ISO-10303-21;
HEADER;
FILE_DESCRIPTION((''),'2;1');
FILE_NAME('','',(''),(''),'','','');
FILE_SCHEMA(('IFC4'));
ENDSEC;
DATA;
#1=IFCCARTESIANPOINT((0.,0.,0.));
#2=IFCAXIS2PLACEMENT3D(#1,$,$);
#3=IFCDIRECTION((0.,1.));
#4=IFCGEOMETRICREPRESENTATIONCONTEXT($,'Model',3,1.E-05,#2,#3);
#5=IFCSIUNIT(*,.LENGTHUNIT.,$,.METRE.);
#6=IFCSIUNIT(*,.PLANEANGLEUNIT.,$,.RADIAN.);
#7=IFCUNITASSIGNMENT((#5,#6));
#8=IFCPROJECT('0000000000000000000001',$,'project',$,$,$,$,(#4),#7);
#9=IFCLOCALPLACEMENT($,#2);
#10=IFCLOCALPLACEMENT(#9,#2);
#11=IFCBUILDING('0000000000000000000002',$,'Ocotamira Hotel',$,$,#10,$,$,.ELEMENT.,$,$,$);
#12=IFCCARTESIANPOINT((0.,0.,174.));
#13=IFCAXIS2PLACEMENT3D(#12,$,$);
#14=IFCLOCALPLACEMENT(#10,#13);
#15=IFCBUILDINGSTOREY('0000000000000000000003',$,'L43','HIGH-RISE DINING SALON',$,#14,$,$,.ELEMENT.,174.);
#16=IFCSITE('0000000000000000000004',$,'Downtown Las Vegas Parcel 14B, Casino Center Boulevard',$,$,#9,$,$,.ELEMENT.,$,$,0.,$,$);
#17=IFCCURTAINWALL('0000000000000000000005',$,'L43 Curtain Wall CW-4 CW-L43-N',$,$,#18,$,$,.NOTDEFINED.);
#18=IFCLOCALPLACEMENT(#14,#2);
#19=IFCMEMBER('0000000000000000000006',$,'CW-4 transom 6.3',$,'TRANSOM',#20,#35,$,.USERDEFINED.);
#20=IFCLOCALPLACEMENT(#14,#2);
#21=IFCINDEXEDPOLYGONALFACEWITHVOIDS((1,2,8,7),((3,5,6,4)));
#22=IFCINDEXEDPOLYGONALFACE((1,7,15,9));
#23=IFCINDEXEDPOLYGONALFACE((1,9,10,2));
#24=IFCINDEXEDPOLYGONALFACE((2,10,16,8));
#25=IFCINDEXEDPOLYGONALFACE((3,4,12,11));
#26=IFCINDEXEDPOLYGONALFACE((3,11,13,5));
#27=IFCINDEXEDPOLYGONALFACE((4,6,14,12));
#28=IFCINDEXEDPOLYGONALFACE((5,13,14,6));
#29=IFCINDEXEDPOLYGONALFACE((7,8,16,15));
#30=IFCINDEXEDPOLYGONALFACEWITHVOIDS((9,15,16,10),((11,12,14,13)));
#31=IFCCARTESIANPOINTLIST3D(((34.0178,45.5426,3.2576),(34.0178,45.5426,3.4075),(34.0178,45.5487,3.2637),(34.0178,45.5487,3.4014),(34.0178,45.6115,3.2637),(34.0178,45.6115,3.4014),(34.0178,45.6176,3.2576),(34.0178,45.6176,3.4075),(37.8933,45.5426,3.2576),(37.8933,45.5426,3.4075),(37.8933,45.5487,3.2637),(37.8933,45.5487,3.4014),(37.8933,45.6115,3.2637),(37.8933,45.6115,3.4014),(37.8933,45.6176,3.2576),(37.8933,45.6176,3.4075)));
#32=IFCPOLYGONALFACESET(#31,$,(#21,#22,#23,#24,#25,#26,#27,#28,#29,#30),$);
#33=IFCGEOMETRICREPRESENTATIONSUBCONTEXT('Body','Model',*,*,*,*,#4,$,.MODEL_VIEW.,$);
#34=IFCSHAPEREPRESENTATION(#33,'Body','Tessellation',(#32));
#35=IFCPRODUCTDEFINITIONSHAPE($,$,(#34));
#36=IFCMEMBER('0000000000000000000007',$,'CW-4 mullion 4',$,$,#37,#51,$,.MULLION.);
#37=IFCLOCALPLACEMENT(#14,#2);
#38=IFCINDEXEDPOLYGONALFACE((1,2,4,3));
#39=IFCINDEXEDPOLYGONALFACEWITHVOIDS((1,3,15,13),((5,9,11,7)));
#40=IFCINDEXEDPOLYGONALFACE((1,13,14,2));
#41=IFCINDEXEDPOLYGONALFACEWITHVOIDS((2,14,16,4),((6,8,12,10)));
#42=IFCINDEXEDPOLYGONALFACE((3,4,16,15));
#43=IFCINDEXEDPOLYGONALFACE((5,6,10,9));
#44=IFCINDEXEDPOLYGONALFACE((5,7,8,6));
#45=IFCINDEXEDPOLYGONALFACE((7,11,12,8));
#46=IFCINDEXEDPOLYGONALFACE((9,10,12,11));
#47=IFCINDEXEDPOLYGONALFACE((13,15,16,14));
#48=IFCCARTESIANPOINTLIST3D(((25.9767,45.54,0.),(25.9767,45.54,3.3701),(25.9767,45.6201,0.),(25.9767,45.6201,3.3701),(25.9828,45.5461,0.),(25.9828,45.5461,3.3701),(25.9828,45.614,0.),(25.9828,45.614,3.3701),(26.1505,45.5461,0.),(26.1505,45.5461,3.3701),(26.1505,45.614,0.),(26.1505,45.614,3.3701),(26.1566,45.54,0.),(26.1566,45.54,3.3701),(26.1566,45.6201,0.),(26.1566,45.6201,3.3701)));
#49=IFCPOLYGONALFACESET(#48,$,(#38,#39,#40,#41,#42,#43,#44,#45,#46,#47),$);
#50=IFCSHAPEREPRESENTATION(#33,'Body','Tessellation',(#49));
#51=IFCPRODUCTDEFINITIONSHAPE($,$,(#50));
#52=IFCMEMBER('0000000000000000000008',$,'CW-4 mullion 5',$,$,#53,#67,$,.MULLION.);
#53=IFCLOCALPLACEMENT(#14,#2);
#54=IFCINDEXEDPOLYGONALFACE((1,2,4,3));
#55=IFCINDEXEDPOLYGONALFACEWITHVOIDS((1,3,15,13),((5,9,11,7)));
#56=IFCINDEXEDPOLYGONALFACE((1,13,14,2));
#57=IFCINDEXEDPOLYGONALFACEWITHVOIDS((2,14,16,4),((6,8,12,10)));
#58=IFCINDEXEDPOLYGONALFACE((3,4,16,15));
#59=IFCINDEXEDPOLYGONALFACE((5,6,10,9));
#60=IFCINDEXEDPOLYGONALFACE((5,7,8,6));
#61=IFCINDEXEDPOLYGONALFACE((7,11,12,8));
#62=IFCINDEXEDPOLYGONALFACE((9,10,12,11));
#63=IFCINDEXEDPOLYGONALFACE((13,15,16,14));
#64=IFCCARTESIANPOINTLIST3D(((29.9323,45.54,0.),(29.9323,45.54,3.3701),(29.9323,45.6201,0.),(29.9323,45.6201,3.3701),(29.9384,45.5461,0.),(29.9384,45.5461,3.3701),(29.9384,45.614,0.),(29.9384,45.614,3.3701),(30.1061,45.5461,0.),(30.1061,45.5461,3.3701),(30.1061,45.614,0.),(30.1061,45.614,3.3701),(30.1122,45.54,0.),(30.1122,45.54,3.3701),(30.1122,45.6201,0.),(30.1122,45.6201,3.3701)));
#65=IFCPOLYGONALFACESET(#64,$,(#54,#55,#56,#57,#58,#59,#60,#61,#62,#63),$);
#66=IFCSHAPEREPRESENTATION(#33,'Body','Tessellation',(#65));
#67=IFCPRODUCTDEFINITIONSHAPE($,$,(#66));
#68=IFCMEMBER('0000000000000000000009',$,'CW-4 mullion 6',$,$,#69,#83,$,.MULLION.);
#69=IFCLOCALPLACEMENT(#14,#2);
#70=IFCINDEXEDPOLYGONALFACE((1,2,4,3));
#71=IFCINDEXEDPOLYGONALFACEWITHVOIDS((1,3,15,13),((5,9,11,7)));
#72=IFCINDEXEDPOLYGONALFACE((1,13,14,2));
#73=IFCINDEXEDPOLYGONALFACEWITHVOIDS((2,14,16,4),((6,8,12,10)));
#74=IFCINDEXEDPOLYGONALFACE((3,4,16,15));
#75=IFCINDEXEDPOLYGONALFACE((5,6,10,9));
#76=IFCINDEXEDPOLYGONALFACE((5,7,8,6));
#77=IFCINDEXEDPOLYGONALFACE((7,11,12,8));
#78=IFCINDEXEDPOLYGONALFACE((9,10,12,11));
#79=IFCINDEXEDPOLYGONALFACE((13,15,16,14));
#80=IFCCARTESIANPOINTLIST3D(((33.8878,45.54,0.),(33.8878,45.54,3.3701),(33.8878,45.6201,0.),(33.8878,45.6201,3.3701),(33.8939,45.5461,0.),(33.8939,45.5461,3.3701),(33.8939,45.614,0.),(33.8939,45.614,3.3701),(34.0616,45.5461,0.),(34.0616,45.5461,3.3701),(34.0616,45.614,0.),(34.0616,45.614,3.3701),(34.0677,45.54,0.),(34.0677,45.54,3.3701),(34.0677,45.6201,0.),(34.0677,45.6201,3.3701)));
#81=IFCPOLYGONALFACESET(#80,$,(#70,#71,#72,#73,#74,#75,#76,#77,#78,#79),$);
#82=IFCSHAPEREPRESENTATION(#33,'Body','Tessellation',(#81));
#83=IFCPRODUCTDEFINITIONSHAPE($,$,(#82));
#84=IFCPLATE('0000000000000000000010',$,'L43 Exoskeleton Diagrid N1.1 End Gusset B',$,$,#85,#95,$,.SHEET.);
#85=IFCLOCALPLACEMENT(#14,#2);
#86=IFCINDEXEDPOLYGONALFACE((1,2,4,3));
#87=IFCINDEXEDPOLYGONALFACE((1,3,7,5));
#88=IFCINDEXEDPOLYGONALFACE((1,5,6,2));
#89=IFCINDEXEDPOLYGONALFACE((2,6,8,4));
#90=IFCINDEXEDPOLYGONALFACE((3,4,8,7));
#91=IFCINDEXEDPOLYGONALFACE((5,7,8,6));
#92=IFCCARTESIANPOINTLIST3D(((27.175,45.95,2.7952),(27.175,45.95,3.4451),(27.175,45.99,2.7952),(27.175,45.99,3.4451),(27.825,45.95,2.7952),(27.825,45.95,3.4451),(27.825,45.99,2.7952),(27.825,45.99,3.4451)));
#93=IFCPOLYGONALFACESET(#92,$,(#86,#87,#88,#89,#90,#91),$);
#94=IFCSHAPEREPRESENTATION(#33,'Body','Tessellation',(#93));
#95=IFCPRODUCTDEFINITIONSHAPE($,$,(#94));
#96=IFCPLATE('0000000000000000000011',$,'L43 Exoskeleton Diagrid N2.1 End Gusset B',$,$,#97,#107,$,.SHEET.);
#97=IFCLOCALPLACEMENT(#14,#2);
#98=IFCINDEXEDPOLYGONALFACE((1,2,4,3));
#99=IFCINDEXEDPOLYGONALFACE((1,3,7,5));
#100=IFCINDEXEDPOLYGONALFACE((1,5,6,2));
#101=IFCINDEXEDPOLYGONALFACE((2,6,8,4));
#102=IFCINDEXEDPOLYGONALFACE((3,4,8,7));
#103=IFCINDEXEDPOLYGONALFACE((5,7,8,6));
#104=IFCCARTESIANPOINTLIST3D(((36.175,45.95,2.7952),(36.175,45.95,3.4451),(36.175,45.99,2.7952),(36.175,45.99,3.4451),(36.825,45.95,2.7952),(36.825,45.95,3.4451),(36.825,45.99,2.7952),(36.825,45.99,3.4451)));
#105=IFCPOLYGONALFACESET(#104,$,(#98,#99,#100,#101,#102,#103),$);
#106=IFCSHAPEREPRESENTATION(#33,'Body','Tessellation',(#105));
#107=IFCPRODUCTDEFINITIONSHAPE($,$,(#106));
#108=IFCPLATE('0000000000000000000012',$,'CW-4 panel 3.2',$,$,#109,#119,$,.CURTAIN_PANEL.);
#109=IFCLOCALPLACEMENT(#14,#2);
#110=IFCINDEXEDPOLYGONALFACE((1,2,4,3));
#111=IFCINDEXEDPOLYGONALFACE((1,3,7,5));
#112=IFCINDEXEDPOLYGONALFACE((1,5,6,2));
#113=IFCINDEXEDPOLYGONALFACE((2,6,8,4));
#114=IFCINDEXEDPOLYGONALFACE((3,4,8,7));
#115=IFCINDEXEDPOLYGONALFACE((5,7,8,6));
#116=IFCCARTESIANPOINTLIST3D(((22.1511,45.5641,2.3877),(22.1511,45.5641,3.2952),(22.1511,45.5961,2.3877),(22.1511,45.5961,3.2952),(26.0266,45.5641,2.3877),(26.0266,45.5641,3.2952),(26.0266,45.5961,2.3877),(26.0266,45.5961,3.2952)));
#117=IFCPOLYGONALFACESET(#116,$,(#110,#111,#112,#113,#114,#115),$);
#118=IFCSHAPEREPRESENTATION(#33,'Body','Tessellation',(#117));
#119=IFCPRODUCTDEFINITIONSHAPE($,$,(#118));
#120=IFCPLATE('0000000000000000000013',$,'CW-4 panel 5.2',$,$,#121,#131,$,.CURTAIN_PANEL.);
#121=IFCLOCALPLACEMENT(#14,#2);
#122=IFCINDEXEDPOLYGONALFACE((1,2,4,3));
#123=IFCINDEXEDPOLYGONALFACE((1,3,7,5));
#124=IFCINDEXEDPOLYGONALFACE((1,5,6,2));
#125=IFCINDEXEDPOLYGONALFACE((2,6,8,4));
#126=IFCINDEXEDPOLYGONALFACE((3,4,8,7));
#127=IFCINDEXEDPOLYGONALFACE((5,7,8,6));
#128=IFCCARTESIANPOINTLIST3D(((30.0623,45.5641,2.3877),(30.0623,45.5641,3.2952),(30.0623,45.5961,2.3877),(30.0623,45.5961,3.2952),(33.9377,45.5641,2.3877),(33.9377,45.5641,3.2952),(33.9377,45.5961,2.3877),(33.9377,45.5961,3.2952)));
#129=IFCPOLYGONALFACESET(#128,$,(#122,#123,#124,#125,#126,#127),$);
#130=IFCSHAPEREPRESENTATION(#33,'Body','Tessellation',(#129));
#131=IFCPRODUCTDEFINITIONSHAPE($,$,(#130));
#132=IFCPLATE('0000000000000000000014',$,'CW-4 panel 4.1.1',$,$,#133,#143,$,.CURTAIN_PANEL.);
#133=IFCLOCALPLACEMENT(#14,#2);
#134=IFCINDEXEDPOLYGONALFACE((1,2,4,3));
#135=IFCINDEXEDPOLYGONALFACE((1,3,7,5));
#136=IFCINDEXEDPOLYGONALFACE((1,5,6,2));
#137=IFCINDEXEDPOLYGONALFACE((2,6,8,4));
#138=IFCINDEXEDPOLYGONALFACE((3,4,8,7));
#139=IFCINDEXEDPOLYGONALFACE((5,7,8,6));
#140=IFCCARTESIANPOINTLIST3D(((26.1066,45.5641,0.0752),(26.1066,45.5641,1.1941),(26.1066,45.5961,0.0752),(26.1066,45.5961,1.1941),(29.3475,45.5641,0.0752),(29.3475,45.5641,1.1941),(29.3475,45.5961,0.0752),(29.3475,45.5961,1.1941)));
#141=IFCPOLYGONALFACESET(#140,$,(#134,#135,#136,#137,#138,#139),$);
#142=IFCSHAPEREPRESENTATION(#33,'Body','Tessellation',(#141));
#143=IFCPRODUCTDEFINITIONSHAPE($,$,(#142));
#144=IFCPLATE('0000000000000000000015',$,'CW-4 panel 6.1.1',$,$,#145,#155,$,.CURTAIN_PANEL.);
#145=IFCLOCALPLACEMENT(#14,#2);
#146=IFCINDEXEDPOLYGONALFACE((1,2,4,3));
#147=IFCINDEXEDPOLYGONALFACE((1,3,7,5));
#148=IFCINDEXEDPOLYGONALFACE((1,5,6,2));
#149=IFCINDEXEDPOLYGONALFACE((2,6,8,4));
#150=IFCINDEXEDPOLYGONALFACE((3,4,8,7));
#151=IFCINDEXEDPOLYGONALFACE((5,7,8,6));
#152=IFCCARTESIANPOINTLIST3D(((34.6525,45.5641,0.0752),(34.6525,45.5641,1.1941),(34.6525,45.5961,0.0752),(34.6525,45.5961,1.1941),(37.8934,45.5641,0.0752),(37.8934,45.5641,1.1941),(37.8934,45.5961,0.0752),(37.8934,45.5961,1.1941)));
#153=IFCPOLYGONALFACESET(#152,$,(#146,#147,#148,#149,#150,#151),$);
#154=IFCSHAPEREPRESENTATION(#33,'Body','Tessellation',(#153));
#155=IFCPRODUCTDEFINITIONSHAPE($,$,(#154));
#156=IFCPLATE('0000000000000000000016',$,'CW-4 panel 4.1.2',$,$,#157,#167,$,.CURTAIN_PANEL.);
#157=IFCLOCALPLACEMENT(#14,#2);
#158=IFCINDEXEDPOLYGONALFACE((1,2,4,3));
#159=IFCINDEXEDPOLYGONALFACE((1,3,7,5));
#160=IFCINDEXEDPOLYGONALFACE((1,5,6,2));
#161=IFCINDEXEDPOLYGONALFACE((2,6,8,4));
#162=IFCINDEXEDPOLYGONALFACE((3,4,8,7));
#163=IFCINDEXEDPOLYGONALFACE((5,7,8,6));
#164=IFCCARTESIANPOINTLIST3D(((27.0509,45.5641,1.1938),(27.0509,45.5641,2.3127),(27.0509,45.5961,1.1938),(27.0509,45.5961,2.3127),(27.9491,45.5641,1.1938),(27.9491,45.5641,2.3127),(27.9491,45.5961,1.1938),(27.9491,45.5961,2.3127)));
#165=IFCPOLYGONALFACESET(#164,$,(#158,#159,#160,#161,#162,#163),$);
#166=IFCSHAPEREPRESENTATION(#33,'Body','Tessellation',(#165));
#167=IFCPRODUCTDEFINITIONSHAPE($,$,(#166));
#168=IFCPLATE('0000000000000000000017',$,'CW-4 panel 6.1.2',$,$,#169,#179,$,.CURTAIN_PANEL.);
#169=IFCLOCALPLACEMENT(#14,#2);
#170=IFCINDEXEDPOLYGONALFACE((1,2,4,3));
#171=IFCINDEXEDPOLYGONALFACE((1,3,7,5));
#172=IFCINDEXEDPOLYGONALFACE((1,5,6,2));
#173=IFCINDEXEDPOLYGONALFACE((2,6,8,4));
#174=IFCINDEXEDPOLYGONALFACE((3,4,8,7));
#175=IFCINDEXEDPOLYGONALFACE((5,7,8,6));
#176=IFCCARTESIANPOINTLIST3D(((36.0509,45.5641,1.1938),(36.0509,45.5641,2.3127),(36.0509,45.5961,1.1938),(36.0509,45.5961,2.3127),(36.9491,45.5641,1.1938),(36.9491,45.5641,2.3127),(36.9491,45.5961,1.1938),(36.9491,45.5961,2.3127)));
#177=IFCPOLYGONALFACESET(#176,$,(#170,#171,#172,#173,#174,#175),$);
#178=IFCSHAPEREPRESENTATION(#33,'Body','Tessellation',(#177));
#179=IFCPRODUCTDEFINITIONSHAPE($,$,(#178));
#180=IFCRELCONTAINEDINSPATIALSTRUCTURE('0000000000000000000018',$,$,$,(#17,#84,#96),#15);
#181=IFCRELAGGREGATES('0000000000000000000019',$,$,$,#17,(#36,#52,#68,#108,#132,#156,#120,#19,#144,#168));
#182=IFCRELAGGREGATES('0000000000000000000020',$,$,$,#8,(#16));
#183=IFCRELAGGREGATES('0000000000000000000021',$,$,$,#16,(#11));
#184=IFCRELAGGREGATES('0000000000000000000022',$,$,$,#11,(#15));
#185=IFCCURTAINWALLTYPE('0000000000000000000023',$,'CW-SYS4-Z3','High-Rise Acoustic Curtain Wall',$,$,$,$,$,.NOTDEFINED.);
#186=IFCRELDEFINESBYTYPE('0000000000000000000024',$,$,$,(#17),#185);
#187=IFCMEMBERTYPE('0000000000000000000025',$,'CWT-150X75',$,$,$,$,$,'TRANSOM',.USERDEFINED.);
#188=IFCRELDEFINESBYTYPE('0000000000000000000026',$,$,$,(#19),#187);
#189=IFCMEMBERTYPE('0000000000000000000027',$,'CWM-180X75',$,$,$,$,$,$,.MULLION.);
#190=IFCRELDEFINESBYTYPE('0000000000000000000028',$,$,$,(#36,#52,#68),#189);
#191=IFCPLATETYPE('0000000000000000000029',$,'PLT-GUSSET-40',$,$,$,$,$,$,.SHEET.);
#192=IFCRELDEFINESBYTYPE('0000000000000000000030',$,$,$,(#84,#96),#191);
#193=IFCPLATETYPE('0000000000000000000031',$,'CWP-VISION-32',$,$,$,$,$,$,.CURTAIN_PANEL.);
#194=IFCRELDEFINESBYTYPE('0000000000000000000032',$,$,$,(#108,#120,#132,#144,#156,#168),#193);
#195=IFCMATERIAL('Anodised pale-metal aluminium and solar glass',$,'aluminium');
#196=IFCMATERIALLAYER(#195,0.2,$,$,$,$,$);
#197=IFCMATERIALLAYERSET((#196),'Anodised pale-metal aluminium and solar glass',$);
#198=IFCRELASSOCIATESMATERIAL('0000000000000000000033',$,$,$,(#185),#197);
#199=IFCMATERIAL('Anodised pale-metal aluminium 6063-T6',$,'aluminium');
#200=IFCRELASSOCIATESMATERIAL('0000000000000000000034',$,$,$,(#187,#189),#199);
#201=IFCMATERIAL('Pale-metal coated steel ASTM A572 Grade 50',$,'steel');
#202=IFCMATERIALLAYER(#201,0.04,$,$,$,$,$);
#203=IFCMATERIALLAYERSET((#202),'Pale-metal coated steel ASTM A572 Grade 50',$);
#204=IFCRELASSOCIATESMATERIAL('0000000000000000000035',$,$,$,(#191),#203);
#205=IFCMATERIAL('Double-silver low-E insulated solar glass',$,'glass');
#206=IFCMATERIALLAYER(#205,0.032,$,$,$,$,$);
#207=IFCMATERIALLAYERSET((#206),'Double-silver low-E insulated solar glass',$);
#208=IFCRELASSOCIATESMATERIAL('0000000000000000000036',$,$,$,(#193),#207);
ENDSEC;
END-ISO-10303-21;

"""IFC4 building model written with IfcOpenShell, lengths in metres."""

from ifc_helpers import new_model, si_unit, direction, frame, origin, origin_2d, place, context, subcontext, project, spatial, rectangle, hollow_rectangle, extrude, source, transform, mapped, material, layer, layer_set, material_profile, profile_set, type_object, element, aggregate, save


model = new_model("IFC4")

# Units and contexts
model_context = context("Model", 3, precision=1e-05, world=origin(), true_north=direction((0.0, 1.0)))
body_context = subcontext(model_context, "Body", "Model", "MODEL_VIEW")
ifc_project = project(units=[si_unit("LENGTHUNIT", "METRE"), si_unit("PLANEANGLEUNIT", "RADIAN")], contexts=[model_context])

# Site, building, storey
site_placement = place(None, origin())
site = spatial("IfcSite", under=ifc_project, at=site_placement, Name="Downtown Las Vegas Parcel 14B, Casino Center Boulevard", CompositionType="ELEMENT", RefElevation=0.0)
building_placement = place(site_placement, origin())
building = spatial("IfcBuilding", under=site, at=building_placement, Name="Ocotamira Hotel", CompositionType="ELEMENT")
storey_placement = place(building_placement, frame((0.0, 0.0, 174.0)))
storey = spatial("IfcBuildingStorey", under=building, at=storey_placement, Name="L43", Description="HIGH-RISE DINING SALON", CompositionType="ELEMENT", Elevation=174.0)

# Curtain wall, members
ifc_material_1 = material(Name="Anodised pale-metal aluminium and solar glass", Category="aluminium")
ifc_layer_1 = layer(ifc_material_1, 0.2)
ifc_layer_set_1 = layer_set([ifc_layer_1], Name="Anodised pale-metal aluminium and solar glass")
curtain_wall_type = type_object("IfcCurtainWallType", Name="CW-SYS4-Z3", Description="High-Rise Acoustic Curtain Wall", PredefinedType="NOTDEFINED", material=ifc_layer_set_1)
curtain_wall_placement = place(storey_placement, origin())
curtain_wall = element("IfcCurtainWall", 1, at=curtain_wall_placement, inside=storey, type_object=curtain_wall_type, Name="L43 Curtain Wall CW-4 CW-L43-N", PredefinedType="NOTDEFINED")
ifc_material_2 = material(Name="Anodised pale-metal aluminium 6063-T6", Category="aluminium")
ifc_material_profile_1 = material_profile(ifc_material_2, hollow_rectangle(XDim=0.075, YDim=0.1499, WallThickness=0.0061, at=origin_2d()), Name="HSS150X75X6")
ifc_profile_set_1 = profile_set([ifc_material_profile_1], Name="Anodised pale-metal aluminium 6063-T6")
member_type_1 = type_object("IfcMemberType", Name="CWT-150X75", ElementType="TRANSOM", PredefinedType="USERDEFINED", material=ifc_profile_set_1)
shared_shape_1 = source(origin(), body_context, "Body", "SweptSolid", [
    extrude(hollow_rectangle(XDim=0.075, YDim=0.1499, WallThickness=0.0061, at=origin_2d()), origin(), (0.0, 0.0, 1.0), 3.8755),
])
member_1_placement = place(storey_placement, frame((34.0178, 45.5801, 3.3325), z_axis=(1.0, 0.0, 0.0), x_axis=(0.0, 1.0, 0.0)))
member_1 = element("IfcMember", 2, at=member_1_placement, type_object=member_type_1, Name="CW-4 transom 6.3", ObjectType="TRANSOM", PredefinedType="USERDEFINED", context=body_context, shape_type="MappedRepresentation", body=[
    mapped(shared_shape_1, transform((0.0, 0.0, 0.0), scale=1.0)),
])
ifc_material_profile_2 = material_profile(ifc_material_2, hollow_rectangle(XDim=0.0801, YDim=0.1799, WallThickness=0.0061, at=origin_2d()), Name="HSS180X80X6")
ifc_profile_set_2 = profile_set([ifc_material_profile_2], Name="Anodised pale-metal aluminium 6063-T6")
member_type_2 = type_object("IfcMemberType", Name="CWM-180X75", PredefinedType="MULLION", material=ifc_profile_set_2)
shared_shape_2 = source(origin(), body_context, "Body", "SweptSolid", [
    extrude(hollow_rectangle(XDim=0.0801, YDim=0.1799, WallThickness=0.0061, at=origin_2d()), origin(), (0.0, 0.0, 1.0), 3.3701),
])
member_2_placement = place(storey_placement, frame((26.0667, 45.5801, 0.0), z_axis=(0.0, 0.0, 1.0), x_axis=(0.0, 1.0, 0.0)))
member_2 = element("IfcMember", 3, at=member_2_placement, type_object=member_type_2, Name="CW-4 mullion 4", PredefinedType="MULLION", context=body_context, shape_type="MappedRepresentation", body=[
    mapped(shared_shape_2, transform((0.0, 0.0, 0.0), scale=1.0)),
])
member_3_placement = place(storey_placement, frame((30.0222, 45.5801, 0.0), z_axis=(0.0, 0.0, 1.0), x_axis=(0.0, 1.0, 0.0)))
member_3 = element("IfcMember", 4, at=member_3_placement, type_object=member_type_2, Name="CW-4 mullion 5", PredefinedType="MULLION", context=body_context, shape_type="MappedRepresentation", body=[
    mapped(shared_shape_2, transform((0.0, 0.0, 0.0), scale=1.0)),
])
member_4_placement = place(storey_placement, frame((33.9778, 45.5801, 0.0), z_axis=(0.0, 0.0, 1.0), x_axis=(0.0, 1.0, 0.0)))
member_4 = element("IfcMember", 5, at=member_4_placement, type_object=member_type_2, Name="CW-4 mullion 6", PredefinedType="MULLION", context=body_context, shape_type="MappedRepresentation", body=[
    mapped(shared_shape_2, transform((0.0, 0.0, 0.0), scale=1.0)),
])

# Plates
ifc_material_3 = material(Name="Pale-metal coated steel ASTM A572 Grade 50", Category="steel")
ifc_layer_2 = layer(ifc_material_3, 0.04)
ifc_layer_set_2 = layer_set([ifc_layer_2], Name="Pale-metal coated steel ASTM A572 Grade 50")
plate_type_1 = type_object("IfcPlateType", Name="PLT-GUSSET-40", PredefinedType="SHEET", material=ifc_layer_set_2)
shared_shape_3 = source(origin(), body_context, "Body", "SweptSolid", [
    extrude(rectangle(XDim=0.6499, YDim=0.04, at=origin_2d()), origin(), (0.0, 0.0, 1.0), 0.6499),
])
for number, where, z_axis, x_axis, name in (
    (6, (27.5, 45.97, 2.7952), (0.0, 0.0, 1.0), (1.0, 0.0, 0.0), "L43 Exoskeleton Diagrid N1.1 End Gusset B"),
    (7, (36.5, 45.97, 2.7952), (0.0, 0.0, 1.0), (1.0, 0.0, 0.0), "L43 Exoskeleton Diagrid N2.1 End Gusset B"),
):
    element("IfcPlate", number, at=place(storey_placement, frame(where, z_axis=z_axis, x_axis=x_axis)), inside=storey, type_object=plate_type_1, Name=name, PredefinedType="SHEET", context=body_context, shape_type="MappedRepresentation", body=[
        mapped(shared_shape_3, transform((0.0, 0.0, 0.0), scale=1.0)),
    ])

# Plates
ifc_material_4 = material(Name="Double-silver low-E insulated solar glass", Category="glass")
ifc_layer_3 = layer(ifc_material_4, 0.032)
ifc_layer_set_3 = layer_set([ifc_layer_3], Name="Double-silver low-E insulated solar glass")
plate_type_2 = type_object("IfcPlateType", Name="CWP-VISION-32", PredefinedType="CURTAIN_PANEL", material=ifc_layer_set_3)
shared_shape_4 = source(origin(), body_context, "Body", "SweptSolid", [
    extrude(rectangle(XDim=3.8755, YDim=0.032, at=origin_2d()), origin(), (0.0, 0.0, 1.0), 0.9075),
])
plate_1_placement = place(storey_placement, frame((24.0889, 45.5801, 2.3877), z_axis=(0.0, 0.0, 1.0), x_axis=(1.0, 0.0, 0.0)))
plate_1 = element("IfcPlate", 8, at=plate_1_placement, type_object=plate_type_2, Name="CW-4 panel 3.2", PredefinedType="CURTAIN_PANEL", context=body_context, shape_type="MappedRepresentation", body=[
    mapped(shared_shape_4, transform((0.0, 0.0, 0.0), scale=1.0)),
])
plate_2_placement = place(storey_placement, frame((32.0, 45.5801, 2.3877), z_axis=(0.0, 0.0, 1.0), x_axis=(1.0, 0.0, 0.0)))
plate_2 = element("IfcPlate", 9, at=plate_2_placement, type_object=plate_type_2, Name="CW-4 panel 5.2", PredefinedType="CURTAIN_PANEL", context=body_context, shape_type="MappedRepresentation", body=[
    mapped(shared_shape_4, transform((0.0, 0.0, 0.0), scale=1.0)),
])
shared_shape_5 = source(origin(), body_context, "Body", "SweptSolid", [
    extrude(rectangle(XDim=3.241, YDim=0.032, at=origin_2d()), origin(), (0.0, 0.0, 1.0), 1.1189),
])
plate_3_placement = place(storey_placement, frame((27.7271, 45.5801, 0.0752), z_axis=(0.0, 0.0, 1.0), x_axis=(1.0, 0.0, 0.0)))
plate_3 = element("IfcPlate", 10, at=plate_3_placement, type_object=plate_type_2, Name="CW-4 panel 4.1.1", PredefinedType="CURTAIN_PANEL", context=body_context, shape_type="MappedRepresentation", body=[
    mapped(shared_shape_5, transform((0.0, 0.0, 0.0), scale=1.0)),
])
plate_4_placement = place(storey_placement, frame((36.2729, 45.5801, 0.0752), z_axis=(0.0, 0.0, 1.0), x_axis=(1.0, 0.0, 0.0)))
plate_4 = element("IfcPlate", 11, at=plate_4_placement, type_object=plate_type_2, Name="CW-4 panel 6.1.1", PredefinedType="CURTAIN_PANEL", context=body_context, shape_type="MappedRepresentation", body=[
    mapped(shared_shape_5, transform((0.0, 0.0, 0.0), scale=1.0)),
])
shared_shape_6 = source(origin(), body_context, "Body", "SweptSolid", [
    extrude(rectangle(XDim=0.8982, YDim=0.032, at=origin_2d()), origin(), (0.0, 0.0, 1.0), 1.1189),
])
plate_5_placement = place(storey_placement, frame((27.5, 45.5801, 1.1938), z_axis=(0.0, 0.0, 1.0), x_axis=(1.0, 0.0, 0.0)))
plate_5 = element("IfcPlate", 12, at=plate_5_placement, type_object=plate_type_2, Name="CW-4 panel 4.1.2", PredefinedType="CURTAIN_PANEL", context=body_context, shape_type="MappedRepresentation", body=[
    mapped(shared_shape_6, transform((0.0, 0.0, 0.0), scale=1.0)),
])
plate_6_placement = place(storey_placement, frame((36.5, 45.5801, 1.1938), z_axis=(0.0, 0.0, 1.0), x_axis=(1.0, 0.0, 0.0)))
plate_6 = element("IfcPlate", 13, at=plate_6_placement, type_object=plate_type_2, Name="CW-4 panel 6.1.2", PredefinedType="CURTAIN_PANEL", context=body_context, shape_type="MappedRepresentation", body=[
    mapped(shared_shape_6, transform((0.0, 0.0, 0.0), scale=1.0)),
])
aggregate(curtain_wall, [member_2, member_3, member_4, plate_1, plate_3, plate_5, plate_2, member_1, plate_4, plate_6])

save(model, "model.ifc")
